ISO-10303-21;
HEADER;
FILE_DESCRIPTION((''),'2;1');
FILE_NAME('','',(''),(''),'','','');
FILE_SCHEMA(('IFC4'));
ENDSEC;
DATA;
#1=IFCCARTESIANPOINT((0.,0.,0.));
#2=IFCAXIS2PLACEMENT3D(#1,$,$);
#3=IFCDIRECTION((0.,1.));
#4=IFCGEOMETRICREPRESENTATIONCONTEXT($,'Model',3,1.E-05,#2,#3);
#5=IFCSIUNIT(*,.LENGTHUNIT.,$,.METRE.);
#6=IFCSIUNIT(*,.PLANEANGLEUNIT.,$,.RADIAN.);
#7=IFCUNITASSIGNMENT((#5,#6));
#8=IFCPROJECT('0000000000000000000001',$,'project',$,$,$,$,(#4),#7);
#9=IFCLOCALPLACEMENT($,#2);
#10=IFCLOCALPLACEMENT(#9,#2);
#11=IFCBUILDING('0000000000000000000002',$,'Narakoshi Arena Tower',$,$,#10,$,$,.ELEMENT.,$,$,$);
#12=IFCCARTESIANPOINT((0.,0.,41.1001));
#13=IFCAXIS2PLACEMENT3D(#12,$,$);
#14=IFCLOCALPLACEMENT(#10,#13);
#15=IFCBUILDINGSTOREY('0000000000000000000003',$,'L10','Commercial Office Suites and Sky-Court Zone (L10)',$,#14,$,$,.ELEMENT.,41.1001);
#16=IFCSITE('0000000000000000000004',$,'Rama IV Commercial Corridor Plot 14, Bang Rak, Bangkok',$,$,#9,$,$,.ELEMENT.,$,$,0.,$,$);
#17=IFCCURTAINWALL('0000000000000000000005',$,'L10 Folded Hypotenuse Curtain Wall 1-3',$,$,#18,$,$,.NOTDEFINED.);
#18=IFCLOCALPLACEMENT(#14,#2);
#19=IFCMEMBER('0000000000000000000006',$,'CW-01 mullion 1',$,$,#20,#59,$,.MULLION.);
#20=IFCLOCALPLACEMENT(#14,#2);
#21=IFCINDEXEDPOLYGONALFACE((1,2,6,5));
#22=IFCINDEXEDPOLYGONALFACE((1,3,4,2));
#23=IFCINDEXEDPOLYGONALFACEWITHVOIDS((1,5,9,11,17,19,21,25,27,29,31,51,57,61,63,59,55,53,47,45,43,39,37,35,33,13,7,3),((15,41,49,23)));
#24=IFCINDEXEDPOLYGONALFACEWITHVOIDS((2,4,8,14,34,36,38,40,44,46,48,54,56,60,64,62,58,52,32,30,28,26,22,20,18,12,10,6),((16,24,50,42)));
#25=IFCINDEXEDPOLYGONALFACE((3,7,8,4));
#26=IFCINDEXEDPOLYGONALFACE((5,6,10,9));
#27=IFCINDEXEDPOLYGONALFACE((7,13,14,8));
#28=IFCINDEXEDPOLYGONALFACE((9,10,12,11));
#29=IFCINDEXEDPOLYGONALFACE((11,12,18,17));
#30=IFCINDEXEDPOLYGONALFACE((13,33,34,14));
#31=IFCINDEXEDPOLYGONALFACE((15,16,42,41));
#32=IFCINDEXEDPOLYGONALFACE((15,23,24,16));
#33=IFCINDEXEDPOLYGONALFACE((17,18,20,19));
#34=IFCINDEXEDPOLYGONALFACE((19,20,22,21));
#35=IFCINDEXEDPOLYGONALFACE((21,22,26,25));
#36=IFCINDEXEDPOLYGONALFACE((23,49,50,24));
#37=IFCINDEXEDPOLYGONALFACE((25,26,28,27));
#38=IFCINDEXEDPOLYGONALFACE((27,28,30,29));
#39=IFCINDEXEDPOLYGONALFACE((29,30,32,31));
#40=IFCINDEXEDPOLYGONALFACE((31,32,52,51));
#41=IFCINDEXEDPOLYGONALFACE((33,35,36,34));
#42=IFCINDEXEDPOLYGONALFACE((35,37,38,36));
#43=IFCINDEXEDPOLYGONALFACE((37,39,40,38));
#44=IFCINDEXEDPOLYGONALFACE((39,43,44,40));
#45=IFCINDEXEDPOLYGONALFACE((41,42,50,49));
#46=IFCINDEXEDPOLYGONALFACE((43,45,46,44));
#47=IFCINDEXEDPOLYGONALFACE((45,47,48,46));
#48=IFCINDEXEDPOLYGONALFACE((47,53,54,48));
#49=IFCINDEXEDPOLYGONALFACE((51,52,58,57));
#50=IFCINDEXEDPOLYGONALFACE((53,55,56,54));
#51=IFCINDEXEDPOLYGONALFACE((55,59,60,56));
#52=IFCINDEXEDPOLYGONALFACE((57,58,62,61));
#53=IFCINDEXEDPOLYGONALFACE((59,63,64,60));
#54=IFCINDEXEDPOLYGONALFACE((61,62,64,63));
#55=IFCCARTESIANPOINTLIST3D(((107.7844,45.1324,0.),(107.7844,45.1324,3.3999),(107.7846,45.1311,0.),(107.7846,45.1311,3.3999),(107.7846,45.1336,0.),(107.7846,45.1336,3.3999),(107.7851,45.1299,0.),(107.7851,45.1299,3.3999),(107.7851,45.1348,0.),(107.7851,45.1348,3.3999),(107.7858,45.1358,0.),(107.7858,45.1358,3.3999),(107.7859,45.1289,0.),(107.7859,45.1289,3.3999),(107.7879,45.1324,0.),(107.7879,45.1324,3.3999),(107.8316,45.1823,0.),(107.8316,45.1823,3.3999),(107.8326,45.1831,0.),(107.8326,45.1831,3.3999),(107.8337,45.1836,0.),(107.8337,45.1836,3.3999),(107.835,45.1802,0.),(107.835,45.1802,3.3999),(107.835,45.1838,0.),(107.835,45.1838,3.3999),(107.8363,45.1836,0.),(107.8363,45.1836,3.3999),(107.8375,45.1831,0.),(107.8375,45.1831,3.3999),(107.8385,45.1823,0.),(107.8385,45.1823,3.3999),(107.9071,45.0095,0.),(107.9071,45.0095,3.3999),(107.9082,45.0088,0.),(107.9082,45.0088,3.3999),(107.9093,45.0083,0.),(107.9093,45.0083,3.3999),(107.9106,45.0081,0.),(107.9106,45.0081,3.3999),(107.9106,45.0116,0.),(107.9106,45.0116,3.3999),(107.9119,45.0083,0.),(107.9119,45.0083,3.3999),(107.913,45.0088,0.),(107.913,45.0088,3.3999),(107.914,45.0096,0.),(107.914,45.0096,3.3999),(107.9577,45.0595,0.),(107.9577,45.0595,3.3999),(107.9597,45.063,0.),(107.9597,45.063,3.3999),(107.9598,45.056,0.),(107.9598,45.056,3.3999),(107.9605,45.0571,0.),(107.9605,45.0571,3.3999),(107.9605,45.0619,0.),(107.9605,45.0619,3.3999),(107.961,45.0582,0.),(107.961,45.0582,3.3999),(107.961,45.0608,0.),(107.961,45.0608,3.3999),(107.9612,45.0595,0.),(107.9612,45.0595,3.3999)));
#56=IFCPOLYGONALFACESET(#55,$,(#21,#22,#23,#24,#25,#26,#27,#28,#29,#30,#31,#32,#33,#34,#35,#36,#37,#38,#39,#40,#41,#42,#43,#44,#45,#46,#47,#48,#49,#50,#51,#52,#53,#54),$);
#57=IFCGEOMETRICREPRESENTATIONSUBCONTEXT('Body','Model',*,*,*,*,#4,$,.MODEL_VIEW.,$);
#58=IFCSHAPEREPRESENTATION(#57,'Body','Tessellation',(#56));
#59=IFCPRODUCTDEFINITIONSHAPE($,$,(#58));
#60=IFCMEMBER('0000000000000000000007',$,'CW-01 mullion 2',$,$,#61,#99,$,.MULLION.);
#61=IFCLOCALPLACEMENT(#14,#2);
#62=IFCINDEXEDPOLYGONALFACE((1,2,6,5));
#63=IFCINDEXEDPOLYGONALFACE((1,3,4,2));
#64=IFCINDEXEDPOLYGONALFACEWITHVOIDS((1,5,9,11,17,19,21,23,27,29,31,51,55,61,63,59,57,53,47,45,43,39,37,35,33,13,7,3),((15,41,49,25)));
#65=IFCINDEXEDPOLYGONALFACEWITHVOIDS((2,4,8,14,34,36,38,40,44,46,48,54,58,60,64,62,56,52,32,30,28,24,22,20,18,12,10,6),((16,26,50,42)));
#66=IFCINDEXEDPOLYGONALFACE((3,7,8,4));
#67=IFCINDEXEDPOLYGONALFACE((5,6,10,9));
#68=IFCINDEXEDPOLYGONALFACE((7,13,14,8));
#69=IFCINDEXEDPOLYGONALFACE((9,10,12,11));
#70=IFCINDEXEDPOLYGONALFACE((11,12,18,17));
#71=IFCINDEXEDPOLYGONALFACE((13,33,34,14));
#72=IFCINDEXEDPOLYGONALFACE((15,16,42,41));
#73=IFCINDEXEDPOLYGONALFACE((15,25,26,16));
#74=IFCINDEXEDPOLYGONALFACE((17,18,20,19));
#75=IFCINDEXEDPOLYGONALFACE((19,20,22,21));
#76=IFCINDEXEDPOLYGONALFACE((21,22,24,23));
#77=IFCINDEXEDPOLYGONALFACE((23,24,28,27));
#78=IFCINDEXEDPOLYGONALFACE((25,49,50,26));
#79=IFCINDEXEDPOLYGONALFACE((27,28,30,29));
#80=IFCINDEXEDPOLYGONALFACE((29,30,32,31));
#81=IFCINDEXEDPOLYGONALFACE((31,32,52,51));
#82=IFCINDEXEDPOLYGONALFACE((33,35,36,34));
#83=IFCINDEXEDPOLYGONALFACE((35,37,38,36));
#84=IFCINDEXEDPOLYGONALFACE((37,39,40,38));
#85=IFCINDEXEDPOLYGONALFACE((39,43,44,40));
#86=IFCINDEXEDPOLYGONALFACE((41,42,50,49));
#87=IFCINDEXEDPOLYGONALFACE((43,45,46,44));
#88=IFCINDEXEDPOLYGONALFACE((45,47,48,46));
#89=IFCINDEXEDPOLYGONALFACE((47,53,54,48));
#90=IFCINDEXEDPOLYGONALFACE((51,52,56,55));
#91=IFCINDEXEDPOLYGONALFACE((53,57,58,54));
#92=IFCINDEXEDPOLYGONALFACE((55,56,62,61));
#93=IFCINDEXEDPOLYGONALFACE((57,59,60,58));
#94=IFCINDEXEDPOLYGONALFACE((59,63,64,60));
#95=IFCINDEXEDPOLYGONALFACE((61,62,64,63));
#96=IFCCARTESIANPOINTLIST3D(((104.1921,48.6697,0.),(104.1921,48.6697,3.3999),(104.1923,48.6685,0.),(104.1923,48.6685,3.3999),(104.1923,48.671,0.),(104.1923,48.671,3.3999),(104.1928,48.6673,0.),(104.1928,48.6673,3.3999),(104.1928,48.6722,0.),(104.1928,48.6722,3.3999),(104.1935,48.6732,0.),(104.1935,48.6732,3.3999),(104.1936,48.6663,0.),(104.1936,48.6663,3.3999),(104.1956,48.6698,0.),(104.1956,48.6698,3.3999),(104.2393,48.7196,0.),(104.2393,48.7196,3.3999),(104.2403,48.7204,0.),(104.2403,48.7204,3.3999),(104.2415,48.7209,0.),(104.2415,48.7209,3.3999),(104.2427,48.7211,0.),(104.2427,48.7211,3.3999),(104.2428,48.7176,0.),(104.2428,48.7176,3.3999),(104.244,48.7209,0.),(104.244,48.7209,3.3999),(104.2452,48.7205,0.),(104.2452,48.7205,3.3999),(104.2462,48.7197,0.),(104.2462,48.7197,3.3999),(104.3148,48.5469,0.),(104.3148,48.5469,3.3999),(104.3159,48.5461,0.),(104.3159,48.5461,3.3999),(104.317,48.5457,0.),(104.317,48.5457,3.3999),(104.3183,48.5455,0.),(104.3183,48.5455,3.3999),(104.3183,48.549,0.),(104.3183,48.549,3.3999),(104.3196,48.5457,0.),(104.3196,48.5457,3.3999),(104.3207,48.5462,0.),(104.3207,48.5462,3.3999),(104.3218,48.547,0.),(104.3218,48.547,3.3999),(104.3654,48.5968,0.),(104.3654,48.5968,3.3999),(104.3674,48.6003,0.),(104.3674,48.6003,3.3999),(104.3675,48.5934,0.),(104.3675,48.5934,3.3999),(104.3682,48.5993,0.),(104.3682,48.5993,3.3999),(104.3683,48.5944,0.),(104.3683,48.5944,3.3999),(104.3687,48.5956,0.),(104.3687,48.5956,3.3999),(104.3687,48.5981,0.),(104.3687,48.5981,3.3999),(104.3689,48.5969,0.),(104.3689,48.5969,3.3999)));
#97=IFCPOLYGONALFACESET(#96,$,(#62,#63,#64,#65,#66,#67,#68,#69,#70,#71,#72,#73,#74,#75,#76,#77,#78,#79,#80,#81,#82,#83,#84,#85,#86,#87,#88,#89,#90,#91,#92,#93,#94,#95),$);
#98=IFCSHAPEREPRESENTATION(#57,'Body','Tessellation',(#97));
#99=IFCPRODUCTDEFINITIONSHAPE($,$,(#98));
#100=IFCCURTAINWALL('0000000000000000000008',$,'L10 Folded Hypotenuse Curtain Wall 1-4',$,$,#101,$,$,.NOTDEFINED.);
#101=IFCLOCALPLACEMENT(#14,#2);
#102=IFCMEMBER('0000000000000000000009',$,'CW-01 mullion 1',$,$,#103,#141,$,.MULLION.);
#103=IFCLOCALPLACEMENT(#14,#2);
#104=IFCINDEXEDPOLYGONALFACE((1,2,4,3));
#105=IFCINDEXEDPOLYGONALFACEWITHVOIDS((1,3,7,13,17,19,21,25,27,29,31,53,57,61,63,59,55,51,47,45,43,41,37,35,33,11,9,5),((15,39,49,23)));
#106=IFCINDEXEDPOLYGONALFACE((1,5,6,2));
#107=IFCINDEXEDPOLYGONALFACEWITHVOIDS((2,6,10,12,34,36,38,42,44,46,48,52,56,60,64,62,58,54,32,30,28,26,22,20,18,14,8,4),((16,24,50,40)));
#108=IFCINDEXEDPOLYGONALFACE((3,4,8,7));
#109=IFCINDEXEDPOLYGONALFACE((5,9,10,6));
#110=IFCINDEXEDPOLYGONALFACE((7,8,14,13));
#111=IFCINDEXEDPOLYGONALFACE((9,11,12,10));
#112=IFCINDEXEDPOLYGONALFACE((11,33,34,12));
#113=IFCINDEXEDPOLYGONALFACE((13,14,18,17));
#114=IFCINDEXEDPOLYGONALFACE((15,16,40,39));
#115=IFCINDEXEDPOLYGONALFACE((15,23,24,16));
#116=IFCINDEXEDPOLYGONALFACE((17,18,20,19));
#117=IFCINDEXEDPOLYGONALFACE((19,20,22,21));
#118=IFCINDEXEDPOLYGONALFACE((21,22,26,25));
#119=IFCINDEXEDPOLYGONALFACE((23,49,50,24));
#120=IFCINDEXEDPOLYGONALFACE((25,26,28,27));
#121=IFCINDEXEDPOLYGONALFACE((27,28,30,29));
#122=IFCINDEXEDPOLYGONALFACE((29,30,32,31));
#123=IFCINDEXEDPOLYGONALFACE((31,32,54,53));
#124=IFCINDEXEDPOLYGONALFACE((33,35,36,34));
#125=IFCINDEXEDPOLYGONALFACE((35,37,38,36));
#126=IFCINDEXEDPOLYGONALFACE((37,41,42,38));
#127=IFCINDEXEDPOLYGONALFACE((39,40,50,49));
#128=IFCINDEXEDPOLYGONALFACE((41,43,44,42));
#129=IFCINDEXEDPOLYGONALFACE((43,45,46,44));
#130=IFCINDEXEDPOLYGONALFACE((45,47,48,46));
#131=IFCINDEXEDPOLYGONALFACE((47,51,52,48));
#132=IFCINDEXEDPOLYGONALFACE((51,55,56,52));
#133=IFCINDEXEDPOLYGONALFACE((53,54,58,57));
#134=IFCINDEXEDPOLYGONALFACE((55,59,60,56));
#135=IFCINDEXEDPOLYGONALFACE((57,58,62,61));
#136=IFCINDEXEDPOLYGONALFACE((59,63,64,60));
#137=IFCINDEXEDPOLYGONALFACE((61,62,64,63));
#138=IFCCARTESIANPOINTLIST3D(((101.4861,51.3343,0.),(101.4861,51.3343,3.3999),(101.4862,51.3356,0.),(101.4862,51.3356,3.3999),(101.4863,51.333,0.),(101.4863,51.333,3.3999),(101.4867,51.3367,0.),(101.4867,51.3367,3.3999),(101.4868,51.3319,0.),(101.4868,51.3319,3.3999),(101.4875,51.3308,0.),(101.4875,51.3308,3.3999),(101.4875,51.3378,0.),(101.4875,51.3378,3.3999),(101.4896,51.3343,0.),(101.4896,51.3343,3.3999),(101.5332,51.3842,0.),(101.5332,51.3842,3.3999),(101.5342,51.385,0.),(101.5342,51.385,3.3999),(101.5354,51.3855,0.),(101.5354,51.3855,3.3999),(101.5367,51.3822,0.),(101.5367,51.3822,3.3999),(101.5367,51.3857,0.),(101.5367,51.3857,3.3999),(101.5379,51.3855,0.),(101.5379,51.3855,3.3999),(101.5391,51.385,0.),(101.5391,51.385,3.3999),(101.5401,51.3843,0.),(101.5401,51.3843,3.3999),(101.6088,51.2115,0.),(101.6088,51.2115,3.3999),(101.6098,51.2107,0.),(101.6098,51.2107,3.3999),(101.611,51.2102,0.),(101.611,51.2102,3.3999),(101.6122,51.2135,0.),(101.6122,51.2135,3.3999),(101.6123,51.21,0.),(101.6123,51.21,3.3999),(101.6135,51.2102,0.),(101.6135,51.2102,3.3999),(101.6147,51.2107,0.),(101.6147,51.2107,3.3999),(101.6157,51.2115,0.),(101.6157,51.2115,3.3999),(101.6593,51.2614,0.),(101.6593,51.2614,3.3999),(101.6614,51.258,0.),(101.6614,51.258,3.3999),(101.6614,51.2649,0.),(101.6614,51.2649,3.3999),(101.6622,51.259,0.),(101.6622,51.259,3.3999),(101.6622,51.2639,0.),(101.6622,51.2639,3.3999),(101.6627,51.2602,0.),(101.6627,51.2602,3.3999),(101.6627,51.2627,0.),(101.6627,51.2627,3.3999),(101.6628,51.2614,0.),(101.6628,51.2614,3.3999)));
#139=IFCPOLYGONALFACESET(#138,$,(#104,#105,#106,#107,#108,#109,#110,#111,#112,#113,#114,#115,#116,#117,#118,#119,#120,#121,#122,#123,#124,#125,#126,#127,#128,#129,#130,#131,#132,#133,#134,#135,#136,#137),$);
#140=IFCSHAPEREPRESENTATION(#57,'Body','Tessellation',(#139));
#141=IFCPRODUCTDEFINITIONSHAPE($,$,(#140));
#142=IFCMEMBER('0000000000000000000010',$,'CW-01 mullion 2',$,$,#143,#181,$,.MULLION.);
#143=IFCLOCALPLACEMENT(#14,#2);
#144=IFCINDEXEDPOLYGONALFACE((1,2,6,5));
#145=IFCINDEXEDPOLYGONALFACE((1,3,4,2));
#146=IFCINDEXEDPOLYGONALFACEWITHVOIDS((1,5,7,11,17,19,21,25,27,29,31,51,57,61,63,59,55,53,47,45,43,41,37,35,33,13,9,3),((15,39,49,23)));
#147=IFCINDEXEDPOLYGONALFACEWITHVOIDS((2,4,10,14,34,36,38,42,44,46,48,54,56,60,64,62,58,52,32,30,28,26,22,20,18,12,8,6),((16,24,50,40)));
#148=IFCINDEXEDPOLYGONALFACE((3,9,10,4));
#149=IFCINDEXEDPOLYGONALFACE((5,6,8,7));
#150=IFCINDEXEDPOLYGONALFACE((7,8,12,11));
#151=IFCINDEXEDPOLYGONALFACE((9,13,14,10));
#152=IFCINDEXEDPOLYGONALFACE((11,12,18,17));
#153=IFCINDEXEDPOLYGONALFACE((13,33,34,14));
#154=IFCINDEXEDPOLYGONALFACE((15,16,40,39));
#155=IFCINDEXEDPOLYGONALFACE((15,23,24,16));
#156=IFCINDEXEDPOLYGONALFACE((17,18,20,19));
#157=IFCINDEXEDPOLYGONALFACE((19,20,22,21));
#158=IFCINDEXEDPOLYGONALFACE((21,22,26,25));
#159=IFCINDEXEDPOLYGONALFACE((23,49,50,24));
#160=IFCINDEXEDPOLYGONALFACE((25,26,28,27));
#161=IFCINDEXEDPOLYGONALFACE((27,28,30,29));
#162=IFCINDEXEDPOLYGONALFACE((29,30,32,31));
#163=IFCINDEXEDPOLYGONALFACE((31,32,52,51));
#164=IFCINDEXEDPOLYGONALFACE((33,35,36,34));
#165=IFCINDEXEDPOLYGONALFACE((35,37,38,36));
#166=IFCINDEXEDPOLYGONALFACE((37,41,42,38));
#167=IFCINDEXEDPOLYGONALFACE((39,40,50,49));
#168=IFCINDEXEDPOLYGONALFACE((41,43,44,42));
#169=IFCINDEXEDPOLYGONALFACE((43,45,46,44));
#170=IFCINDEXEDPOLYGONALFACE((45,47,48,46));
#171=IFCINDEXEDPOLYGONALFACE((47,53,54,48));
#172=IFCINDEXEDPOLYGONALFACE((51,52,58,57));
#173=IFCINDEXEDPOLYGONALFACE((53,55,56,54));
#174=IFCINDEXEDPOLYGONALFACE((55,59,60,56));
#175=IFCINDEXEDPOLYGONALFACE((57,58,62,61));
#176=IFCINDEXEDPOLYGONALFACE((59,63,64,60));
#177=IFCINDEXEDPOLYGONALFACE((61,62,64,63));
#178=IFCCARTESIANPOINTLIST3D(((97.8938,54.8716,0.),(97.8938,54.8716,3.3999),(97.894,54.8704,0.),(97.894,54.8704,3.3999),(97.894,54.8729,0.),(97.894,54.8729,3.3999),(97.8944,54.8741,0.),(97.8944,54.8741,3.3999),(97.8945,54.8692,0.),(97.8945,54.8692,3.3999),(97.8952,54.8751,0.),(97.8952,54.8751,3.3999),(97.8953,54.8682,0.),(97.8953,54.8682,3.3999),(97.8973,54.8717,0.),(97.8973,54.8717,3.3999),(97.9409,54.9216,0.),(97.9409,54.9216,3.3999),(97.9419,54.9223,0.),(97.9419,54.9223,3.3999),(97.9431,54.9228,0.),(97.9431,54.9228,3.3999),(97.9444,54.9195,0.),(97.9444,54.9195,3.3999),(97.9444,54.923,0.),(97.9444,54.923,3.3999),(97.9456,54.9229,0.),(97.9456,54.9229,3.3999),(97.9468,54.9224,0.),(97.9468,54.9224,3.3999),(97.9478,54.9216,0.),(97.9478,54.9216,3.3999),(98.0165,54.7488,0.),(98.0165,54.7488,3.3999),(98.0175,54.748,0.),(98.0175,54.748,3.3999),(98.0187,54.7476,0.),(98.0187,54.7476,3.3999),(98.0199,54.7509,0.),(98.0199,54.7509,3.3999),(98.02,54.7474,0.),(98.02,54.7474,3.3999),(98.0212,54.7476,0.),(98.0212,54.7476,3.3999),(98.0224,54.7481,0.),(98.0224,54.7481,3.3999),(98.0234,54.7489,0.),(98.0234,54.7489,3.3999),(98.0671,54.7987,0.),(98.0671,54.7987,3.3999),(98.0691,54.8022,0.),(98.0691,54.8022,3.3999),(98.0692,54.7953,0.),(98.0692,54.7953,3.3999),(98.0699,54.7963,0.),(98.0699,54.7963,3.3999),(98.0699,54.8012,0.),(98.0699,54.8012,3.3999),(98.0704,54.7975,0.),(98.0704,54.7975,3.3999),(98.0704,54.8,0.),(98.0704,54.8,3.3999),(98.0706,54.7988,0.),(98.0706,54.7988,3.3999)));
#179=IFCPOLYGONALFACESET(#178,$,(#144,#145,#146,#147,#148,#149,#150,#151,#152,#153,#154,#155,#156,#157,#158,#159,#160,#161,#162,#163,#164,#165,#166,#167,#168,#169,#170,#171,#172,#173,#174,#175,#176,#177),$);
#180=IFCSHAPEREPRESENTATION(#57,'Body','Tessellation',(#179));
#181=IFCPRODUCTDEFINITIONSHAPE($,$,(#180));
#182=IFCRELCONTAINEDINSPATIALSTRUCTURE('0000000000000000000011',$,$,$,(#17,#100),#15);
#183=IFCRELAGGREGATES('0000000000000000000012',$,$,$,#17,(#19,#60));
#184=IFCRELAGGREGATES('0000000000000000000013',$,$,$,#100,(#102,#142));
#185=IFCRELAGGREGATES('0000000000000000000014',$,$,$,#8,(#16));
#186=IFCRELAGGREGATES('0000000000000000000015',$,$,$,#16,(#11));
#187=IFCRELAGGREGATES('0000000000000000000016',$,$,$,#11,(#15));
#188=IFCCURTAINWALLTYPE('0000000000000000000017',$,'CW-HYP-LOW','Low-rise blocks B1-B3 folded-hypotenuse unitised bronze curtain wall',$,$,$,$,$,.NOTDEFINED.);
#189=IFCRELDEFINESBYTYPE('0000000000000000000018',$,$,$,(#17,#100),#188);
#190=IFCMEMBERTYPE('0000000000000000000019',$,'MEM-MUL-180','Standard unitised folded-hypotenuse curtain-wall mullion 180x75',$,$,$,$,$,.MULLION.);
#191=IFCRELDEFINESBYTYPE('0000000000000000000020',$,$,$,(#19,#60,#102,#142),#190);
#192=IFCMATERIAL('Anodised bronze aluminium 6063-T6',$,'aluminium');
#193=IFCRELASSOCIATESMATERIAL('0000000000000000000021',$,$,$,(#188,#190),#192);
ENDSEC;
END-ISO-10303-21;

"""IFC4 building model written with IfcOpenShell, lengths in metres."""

from ifc_helpers import new_model, si_unit, direction, frame, origin, origin_2d, place, context, subcontext, project, spatial, hollow_rectangle, extrude, material, material_profile, profile_set, type_object, element, aggregate, save


model = new_model("IFC4")

# Units and contexts
model_context = context("Model", 3, precision=1e-05, world=origin(), true_north=direction((0.0, 1.0)))
body_context = subcontext(model_context, "Body", "Model", "MODEL_VIEW")
ifc_project = project(units=[si_unit("LENGTHUNIT", "METRE"), si_unit("PLANEANGLEUNIT", "RADIAN")], contexts=[model_context])

# Site, building, storey
site_placement = place(None, origin())
site = spatial("IfcSite", under=ifc_project, at=site_placement, Name="Rama IV Commercial Corridor Plot 14, Bang Rak, Bangkok", CompositionType="ELEMENT", RefElevation=0.0)
building_placement = place(site_placement, origin())
building = spatial("IfcBuilding", under=site, at=building_placement, Name="Narakoshi Arena Tower", CompositionType="ELEMENT")
storey_placement = place(building_placement, frame((0.0, 0.0, 41.1001)))
storey = spatial("IfcBuildingStorey", under=building, at=storey_placement, Name="L10", Description="Commercial Office Suites and Sky-Court Zone (L10)", CompositionType="ELEMENT", Elevation=41.1001)

# Curtain walls, members
ifc_material_1 = material(Name="Anodised bronze aluminium 6063-T6", Category="aluminium")
curtain_wall_type = type_object("IfcCurtainWallType", Name="CW-HYP-LOW", Description="Low-rise blocks B1-B3 folded-hypotenuse unitised bronze curtain wall", PredefinedType="NOTDEFINED", material=ifc_material_1)
curtain_wall_1_placement = place(storey_placement, origin())
curtain_wall_1 = element("IfcCurtainWall", 1, at=curtain_wall_1_placement, inside=storey, type_object=curtain_wall_type, Name="L10 Folded Hypotenuse Curtain Wall 1-3", PredefinedType="NOTDEFINED")
ifc_material_profile_1 = material_profile(ifc_material_1, hollow_rectangle(XDim=0.075, YDim=0.1799, WallThickness=0.0039, OuterFilletRadius=0.0049, at=origin_2d()), Name="MUL180x75x4")
ifc_profile_set_1 = profile_set([ifc_material_profile_1], Name="Anodised bronze aluminium 6063-T6")
member_type_1 = type_object("IfcMemberType", Name="MEM-MUL-180", Description="Standard unitised folded-hypotenuse curtain-wall mullion 180x75", PredefinedType="MULLION", material=ifc_profile_set_1)
member_1_placement = place(storey_placement, frame((107.8728, 45.0959, 0.0), z_axis=(0.0, 0.0, 1.0), x_axis=(-0.701633, -0.712539, 0.0)))
member_1 = element("IfcMember", 2, at=member_1_placement, type_object=member_type_1, Name="CW-01 mullion 1", PredefinedType="MULLION", context=body_context, shape_type="SweptSolid", body=[
    extrude(hollow_rectangle(XDim=0.075, YDim=0.1799, WallThickness=0.0039, OuterFilletRadius=0.0049, at=origin_2d()), origin(), (0.0, 0.0, 1.0), 3.3999),
])
member_2_placement = place(storey_placement, frame((104.2805, 48.6333, 0.0), z_axis=(0.0, 0.0, 1.0), x_axis=(-0.701633, -0.712539, 0.0)))
member_2 = element("IfcMember", 3, at=member_2_placement, type_object=member_type_1, Name="CW-01 mullion 2", PredefinedType="MULLION", context=body_context, shape_type="SweptSolid", body=[
    extrude(hollow_rectangle(XDim=0.075, YDim=0.1799, WallThickness=0.0039, OuterFilletRadius=0.0049, at=origin_2d()), origin(), (0.0, 0.0, 1.0), 3.3999),
])
curtain_wall_2_placement = place(storey_placement, origin())
curtain_wall_2 = element("IfcCurtainWall", 4, at=curtain_wall_2_placement, inside=storey, type_object=curtain_wall_type, Name="L10 Folded Hypotenuse Curtain Wall 1-4", PredefinedType="NOTDEFINED")
member_3_placement = place(storey_placement, frame((101.5745, 51.2979, 0.0), z_axis=(0.0, 0.0, 1.0), x_axis=(-0.701633, -0.712539, 0.0)))
member_3 = element("IfcMember", 5, at=member_3_placement, type_object=member_type_1, Name="CW-01 mullion 1", PredefinedType="MULLION", context=body_context, shape_type="SweptSolid", body=[
    extrude(hollow_rectangle(XDim=0.075, YDim=0.1799, WallThickness=0.0039, OuterFilletRadius=0.0049, at=origin_2d()), origin(), (0.0, 0.0, 1.0), 3.3999),
])
member_4_placement = place(storey_placement, frame((97.9822, 54.8352, 0.0), z_axis=(0.0, 0.0, 1.0), x_axis=(-0.701633, -0.712539, 0.0)))
member_4 = element("IfcMember", 6, at=member_4_placement, type_object=member_type_1, Name="CW-01 mullion 2", PredefinedType="MULLION", context=body_context, shape_type="SweptSolid", body=[
    extrude(hollow_rectangle(XDim=0.075, YDim=0.1799, WallThickness=0.0039, OuterFilletRadius=0.0049, at=origin_2d()), origin(), (0.0, 0.0, 1.0), 3.3999),
])

aggregate(curtain_wall_1, [member_1, member_2])
aggregate(curtain_wall_2, [member_3, member_4])

save(model, "model.ifc")
